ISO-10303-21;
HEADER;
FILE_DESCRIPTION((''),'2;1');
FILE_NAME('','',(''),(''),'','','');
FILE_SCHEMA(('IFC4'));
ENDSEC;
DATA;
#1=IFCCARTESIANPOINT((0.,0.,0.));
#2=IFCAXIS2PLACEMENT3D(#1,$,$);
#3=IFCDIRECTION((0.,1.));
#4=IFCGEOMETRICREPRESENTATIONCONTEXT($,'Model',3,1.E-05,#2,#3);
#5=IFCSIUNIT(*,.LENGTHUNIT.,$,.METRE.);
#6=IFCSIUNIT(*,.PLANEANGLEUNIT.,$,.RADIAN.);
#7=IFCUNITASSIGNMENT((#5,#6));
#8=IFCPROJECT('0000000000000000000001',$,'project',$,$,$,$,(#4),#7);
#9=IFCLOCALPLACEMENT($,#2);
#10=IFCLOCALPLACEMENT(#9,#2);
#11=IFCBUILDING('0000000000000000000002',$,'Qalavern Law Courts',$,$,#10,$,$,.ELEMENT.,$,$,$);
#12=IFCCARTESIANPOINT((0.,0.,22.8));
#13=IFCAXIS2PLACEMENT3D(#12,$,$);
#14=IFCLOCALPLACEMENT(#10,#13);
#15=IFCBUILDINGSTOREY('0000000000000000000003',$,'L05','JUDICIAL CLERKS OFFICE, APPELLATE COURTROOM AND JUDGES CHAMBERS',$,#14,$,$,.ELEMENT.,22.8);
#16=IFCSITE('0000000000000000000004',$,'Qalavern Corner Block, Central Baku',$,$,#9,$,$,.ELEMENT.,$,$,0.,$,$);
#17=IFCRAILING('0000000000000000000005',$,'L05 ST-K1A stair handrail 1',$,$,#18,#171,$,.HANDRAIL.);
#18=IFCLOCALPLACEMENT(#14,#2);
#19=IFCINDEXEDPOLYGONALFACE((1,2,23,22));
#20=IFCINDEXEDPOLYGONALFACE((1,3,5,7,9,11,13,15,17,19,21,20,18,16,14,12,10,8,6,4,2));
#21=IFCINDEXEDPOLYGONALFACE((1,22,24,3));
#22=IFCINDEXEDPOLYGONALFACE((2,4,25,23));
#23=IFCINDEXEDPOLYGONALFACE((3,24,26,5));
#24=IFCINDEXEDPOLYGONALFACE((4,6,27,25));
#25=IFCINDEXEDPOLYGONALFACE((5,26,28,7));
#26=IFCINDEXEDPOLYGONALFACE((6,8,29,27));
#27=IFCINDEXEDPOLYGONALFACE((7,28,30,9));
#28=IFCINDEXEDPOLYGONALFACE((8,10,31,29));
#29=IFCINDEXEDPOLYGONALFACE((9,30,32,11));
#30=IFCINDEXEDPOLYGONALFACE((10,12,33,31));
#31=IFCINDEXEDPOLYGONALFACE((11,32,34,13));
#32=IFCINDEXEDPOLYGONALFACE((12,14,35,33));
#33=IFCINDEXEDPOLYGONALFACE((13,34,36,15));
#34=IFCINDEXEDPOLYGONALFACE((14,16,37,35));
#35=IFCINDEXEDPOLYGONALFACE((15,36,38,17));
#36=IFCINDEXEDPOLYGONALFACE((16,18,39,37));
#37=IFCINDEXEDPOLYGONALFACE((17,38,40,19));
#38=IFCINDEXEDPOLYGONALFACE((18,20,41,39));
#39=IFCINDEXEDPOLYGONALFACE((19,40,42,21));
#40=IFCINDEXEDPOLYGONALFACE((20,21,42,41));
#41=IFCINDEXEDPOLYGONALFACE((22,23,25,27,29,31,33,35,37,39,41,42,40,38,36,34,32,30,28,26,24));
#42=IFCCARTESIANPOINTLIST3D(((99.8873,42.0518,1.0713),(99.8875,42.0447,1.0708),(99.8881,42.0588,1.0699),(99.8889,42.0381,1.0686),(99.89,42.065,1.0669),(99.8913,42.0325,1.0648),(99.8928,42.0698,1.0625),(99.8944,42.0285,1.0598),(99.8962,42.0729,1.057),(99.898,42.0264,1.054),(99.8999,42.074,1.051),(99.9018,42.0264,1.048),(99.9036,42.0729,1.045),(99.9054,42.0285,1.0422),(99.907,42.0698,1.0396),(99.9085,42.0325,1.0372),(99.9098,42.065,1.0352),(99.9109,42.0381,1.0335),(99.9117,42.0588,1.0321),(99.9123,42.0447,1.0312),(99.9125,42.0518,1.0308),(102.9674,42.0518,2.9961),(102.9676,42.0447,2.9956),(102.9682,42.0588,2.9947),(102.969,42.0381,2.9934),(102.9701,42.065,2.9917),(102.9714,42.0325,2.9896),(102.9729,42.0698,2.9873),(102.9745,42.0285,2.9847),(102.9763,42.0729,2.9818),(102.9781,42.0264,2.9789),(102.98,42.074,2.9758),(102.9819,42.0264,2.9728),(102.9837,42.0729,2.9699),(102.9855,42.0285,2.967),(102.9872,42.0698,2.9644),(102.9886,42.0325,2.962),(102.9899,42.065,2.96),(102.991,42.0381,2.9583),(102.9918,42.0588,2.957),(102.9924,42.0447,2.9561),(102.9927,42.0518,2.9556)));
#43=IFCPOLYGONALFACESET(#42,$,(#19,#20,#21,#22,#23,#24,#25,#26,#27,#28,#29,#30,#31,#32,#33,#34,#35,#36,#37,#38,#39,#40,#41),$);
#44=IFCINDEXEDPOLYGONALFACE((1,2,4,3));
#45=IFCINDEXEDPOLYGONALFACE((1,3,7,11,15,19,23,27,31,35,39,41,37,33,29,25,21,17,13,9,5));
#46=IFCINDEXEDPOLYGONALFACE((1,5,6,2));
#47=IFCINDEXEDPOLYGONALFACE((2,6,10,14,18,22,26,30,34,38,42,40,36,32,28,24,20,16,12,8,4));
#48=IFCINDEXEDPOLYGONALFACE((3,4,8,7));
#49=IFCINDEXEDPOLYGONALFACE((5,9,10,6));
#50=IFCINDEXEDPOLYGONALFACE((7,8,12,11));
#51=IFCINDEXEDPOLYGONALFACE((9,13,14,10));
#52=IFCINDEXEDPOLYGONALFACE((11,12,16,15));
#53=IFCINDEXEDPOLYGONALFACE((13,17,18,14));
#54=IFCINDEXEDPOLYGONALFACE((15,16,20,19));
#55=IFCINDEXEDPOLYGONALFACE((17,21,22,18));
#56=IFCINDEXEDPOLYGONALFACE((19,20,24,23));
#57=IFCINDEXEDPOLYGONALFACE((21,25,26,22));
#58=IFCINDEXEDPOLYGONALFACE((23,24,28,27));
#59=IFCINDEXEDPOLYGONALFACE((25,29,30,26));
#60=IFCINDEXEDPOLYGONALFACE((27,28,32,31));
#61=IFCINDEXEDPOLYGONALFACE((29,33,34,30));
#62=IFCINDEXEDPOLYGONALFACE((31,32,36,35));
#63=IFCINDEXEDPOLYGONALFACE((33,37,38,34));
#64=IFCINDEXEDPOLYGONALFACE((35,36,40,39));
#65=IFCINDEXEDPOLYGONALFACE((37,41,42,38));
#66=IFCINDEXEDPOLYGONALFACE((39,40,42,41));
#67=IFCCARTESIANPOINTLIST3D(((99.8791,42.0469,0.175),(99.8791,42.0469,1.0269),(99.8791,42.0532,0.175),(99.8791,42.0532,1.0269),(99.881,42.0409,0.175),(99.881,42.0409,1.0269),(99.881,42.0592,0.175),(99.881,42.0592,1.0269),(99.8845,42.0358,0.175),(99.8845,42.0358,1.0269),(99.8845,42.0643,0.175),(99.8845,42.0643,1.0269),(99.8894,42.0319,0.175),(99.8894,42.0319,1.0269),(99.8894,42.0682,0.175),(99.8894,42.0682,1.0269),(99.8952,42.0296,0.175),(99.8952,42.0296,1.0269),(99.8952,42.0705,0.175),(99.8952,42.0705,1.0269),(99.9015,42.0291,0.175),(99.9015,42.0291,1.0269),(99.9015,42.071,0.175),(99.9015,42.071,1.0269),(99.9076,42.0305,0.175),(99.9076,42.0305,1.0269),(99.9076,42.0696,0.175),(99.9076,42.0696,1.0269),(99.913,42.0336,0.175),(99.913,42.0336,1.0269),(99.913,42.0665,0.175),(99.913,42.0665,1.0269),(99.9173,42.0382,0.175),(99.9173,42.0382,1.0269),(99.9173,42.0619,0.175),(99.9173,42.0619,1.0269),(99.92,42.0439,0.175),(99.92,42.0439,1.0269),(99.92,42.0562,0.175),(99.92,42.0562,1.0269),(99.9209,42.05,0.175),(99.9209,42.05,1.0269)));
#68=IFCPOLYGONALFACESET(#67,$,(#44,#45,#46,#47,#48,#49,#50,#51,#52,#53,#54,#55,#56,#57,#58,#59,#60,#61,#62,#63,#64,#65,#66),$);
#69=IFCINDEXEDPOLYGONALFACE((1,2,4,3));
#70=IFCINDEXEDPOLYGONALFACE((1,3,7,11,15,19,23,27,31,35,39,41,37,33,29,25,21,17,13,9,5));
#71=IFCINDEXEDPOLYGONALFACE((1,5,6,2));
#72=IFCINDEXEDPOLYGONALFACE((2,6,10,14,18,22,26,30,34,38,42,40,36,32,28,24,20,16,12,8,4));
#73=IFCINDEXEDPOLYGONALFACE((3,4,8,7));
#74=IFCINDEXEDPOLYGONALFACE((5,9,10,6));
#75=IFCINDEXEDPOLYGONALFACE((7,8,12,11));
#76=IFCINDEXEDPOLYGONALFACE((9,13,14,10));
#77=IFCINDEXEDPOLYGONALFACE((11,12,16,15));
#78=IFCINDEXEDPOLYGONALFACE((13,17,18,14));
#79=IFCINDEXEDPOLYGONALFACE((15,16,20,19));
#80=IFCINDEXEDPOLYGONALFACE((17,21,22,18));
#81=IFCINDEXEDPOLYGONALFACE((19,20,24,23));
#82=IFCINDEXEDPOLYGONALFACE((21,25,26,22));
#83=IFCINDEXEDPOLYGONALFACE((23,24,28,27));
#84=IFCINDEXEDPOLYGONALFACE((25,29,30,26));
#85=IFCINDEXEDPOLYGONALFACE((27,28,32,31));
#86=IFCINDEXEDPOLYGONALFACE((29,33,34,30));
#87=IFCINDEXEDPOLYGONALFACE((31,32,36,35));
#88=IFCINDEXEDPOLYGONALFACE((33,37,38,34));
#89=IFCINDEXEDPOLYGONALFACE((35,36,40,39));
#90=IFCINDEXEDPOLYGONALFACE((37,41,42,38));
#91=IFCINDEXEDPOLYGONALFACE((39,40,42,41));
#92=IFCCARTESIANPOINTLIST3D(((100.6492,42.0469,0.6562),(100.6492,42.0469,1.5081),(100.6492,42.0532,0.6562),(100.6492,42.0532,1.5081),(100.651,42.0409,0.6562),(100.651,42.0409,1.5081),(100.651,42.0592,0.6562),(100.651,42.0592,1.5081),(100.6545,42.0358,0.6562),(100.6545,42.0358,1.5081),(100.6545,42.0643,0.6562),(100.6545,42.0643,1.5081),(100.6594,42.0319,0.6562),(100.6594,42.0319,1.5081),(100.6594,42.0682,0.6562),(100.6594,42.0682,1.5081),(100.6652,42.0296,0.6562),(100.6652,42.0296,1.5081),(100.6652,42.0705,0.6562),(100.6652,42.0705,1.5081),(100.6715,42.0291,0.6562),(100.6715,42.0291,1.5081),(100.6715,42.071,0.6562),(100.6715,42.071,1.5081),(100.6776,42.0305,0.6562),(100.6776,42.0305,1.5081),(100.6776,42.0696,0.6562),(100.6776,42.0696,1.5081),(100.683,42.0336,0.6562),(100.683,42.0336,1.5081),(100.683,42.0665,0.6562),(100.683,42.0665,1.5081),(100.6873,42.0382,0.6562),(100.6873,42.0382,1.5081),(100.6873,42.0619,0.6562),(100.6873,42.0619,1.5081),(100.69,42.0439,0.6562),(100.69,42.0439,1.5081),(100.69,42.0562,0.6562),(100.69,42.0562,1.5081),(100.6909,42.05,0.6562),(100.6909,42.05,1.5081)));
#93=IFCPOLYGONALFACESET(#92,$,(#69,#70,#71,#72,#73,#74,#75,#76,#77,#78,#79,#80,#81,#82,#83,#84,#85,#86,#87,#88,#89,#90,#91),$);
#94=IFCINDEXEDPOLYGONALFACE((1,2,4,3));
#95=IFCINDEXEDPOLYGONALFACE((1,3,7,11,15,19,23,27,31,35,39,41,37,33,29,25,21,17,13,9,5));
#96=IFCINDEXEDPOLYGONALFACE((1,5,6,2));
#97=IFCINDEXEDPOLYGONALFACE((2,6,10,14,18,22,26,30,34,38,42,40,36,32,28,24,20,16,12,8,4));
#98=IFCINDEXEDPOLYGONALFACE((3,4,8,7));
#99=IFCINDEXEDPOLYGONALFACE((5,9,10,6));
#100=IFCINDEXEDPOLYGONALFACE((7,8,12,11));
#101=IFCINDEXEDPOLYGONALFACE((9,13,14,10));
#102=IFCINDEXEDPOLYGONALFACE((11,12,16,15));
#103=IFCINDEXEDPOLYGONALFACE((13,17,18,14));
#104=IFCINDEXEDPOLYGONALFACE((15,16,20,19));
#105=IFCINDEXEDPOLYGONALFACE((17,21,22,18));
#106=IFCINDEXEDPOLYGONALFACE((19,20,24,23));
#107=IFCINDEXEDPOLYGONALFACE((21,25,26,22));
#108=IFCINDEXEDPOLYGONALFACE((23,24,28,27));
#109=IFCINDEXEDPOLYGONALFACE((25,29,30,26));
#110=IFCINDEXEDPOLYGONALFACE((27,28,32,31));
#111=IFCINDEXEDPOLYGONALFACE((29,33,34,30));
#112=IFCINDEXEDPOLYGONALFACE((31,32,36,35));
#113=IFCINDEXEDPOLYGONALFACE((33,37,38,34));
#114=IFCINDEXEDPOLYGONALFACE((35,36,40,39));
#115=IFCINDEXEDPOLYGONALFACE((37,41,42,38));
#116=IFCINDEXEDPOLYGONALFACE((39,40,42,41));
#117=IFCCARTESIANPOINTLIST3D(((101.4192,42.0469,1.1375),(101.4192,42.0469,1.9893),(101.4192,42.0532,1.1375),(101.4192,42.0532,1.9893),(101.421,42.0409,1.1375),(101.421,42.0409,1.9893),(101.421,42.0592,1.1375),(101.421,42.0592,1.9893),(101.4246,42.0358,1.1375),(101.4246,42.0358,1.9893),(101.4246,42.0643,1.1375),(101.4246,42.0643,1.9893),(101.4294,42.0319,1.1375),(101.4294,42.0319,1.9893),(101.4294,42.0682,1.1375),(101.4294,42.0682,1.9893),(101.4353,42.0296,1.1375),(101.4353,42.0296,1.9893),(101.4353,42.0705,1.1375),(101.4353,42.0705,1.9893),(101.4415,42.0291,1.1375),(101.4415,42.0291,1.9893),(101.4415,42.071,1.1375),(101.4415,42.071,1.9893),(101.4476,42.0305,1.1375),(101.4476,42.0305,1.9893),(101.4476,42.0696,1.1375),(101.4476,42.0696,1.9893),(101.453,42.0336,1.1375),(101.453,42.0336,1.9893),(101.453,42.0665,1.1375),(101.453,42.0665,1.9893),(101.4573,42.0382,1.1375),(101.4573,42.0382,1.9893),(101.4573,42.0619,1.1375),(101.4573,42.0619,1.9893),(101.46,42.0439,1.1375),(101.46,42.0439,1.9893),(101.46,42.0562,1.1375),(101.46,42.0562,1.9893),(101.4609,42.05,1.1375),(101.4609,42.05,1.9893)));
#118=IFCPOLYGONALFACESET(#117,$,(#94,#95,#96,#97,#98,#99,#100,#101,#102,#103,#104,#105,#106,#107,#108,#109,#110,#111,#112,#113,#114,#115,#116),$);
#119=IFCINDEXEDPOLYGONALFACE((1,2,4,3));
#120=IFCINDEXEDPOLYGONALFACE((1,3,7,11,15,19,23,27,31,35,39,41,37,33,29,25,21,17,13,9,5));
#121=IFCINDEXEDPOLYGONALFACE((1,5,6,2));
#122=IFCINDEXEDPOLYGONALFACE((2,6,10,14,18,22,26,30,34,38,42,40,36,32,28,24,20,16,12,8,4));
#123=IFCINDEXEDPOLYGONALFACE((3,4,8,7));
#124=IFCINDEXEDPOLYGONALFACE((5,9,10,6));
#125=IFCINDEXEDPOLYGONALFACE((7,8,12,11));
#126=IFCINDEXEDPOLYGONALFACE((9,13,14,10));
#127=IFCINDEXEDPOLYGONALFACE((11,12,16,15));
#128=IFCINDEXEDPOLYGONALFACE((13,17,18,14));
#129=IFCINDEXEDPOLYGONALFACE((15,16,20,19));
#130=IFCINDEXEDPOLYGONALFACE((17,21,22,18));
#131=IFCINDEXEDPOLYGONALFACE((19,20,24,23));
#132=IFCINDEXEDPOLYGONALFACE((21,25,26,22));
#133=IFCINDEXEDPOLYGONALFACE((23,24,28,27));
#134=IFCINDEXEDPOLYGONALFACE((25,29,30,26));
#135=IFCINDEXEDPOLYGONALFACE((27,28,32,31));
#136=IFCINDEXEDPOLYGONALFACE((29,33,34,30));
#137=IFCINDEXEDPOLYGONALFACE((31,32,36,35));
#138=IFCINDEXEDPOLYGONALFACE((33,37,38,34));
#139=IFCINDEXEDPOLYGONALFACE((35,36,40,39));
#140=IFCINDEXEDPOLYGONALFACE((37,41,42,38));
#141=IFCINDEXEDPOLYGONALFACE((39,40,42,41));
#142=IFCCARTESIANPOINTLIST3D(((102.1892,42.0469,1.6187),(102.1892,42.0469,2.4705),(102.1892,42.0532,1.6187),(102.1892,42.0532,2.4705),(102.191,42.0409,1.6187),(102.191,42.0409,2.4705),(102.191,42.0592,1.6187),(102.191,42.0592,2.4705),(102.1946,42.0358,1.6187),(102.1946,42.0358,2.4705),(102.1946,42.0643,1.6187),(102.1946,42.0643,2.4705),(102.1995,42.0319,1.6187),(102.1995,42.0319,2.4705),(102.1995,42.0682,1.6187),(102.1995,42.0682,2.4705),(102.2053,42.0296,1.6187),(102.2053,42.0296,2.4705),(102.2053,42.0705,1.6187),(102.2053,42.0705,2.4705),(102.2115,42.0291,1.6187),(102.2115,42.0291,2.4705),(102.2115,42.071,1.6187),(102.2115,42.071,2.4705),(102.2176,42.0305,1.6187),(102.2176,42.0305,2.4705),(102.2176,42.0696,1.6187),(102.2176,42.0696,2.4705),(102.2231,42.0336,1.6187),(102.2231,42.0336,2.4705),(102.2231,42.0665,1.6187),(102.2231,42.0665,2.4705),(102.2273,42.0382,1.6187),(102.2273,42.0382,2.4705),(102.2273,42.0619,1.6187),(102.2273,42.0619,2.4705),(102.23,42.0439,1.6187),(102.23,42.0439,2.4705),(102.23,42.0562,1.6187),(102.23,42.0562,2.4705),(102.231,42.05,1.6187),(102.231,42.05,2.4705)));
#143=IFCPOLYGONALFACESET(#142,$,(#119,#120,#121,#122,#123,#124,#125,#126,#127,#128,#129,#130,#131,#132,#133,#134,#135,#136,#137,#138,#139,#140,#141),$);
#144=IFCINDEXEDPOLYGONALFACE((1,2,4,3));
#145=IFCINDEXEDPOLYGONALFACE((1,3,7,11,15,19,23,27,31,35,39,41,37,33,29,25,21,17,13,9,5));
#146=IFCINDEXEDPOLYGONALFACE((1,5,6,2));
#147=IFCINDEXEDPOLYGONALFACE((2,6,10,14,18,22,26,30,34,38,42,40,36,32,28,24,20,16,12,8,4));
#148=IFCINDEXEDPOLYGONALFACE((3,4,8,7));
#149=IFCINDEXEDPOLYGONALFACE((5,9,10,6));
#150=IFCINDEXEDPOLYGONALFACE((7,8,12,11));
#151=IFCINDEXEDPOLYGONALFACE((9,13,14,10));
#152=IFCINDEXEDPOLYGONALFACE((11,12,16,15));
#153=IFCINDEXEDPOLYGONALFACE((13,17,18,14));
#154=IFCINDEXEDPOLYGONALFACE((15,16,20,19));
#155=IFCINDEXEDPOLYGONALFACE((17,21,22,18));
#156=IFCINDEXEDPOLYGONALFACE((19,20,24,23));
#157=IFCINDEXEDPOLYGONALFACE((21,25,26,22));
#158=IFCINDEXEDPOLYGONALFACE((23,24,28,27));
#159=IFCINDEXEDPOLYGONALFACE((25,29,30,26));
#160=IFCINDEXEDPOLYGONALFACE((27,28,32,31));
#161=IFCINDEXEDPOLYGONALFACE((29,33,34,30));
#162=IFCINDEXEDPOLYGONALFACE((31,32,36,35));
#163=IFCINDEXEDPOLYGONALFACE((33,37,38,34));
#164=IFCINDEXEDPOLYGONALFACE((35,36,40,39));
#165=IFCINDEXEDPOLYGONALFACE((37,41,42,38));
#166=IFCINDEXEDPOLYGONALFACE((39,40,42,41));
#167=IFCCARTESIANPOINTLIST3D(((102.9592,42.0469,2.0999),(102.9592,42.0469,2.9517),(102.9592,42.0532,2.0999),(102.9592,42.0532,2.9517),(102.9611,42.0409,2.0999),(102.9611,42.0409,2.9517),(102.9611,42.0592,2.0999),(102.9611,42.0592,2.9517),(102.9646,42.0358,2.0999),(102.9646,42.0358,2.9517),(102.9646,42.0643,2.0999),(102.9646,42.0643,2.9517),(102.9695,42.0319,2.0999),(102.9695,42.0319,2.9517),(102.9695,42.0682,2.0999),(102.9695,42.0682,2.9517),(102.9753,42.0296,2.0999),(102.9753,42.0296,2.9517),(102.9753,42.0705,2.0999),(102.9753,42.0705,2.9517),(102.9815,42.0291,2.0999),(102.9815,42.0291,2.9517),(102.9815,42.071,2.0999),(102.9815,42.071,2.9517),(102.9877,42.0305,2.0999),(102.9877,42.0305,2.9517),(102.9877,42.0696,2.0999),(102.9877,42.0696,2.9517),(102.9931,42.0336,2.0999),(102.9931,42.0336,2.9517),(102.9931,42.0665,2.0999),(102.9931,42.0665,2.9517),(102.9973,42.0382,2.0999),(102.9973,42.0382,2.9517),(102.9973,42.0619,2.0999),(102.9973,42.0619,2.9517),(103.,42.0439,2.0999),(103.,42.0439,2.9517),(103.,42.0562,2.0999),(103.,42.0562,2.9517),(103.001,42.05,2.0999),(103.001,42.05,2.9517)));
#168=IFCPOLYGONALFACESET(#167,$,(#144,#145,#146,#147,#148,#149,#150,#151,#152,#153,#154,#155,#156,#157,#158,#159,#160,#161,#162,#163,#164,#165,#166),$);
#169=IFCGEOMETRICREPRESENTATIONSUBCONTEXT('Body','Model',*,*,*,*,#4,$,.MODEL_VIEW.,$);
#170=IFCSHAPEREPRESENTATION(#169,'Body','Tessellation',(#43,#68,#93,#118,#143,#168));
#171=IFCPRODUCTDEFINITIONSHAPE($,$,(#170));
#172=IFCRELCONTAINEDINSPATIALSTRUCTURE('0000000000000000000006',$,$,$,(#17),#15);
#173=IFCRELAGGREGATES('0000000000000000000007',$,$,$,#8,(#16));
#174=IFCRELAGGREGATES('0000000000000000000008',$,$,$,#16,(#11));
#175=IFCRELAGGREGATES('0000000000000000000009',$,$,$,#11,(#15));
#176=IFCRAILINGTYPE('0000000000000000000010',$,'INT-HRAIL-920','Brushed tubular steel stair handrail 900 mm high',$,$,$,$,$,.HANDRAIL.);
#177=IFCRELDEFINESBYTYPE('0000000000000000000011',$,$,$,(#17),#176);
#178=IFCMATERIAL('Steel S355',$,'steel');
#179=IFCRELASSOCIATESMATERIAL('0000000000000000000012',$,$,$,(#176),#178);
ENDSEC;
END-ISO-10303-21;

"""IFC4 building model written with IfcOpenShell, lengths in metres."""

from ifc_helpers import new_model, si_unit, direction, frame, origin, origin_2d, place, context, subcontext, project, spatial, circle, extrude, material, type_object, element, save


model = new_model("IFC4")

# Units and contexts
model_context = context("Model", 3, precision=1e-05, world=origin(), true_north=direction((0.0, 1.0)))
body_context = subcontext(model_context, "Body", "Model", "MODEL_VIEW")
ifc_project = project(units=[si_unit("LENGTHUNIT", "METRE"), si_unit("PLANEANGLEUNIT", "RADIAN")], contexts=[model_context])

# Site, building, storey
site_placement = place(None, origin())
site = spatial("IfcSite", under=ifc_project, at=site_placement, Name="Qalavern Corner Block, Central Baku", CompositionType="ELEMENT", RefElevation=0.0)
building_placement = place(site_placement, origin())
building = spatial("IfcBuilding", under=site, at=building_placement, Name="Qalavern Law Courts", CompositionType="ELEMENT")
storey_placement = place(building_placement, frame((0.0, 0.0, 22.8)))
storey = spatial("IfcBuildingStorey", under=building, at=storey_placement, Name="L05", Description="JUDICIAL CLERKS OFFICE, APPELLATE COURTROOM AND JUDGES CHAMBERS", CompositionType="ELEMENT", Elevation=22.8)

# Railing
ifc_material_1 = material(Name="Steel S355", Category="steel")
railing_type_1 = type_object("IfcRailingType", Name="INT-HRAIL-920", Description="Brushed tubular steel stair handrail 900 mm high", PredefinedType="HANDRAIL", material=ifc_material_1)
railing_1_placement = place(storey_placement, frame((99.8999, 42.05, 0.175)))
element("IfcRailing", 1, at=railing_1_placement, inside=storey, type_object=railing_type_1, Name="L05 ST-K1A stair handrail 1", PredefinedType="HANDRAIL", context=body_context, shape_type="SweptSolid", body=[
    extrude(circle(Radius=0.0239, at=origin_2d()), frame((0.0, 0.0, 0.876), z_axis=(0.848029, 0.0, 0.529951), x_axis=(0.0, 1.0, 0.0)), (0.0, 0.0, 1.0), 3.6321),
    extrude(circle(Radius=0.021, at=origin_2d()), origin(), (0.0, 0.0, 1.0), 0.8518),
    extrude(circle(Radius=0.021, at=origin_2d()), frame((0.77, 0.0, 0.4812)), (0.0, 0.0, 1.0), 0.8518),
    extrude(circle(Radius=0.021, at=origin_2d()), frame((1.54, 0.0, 0.9624)), (0.0, 0.0, 1.0), 0.8518),
    extrude(circle(Radius=0.021, at=origin_2d()), frame((2.3101, 0.0, 1.4436)), (0.0, 0.0, 1.0), 0.8518),
    extrude(circle(Radius=0.021, at=origin_2d()), frame((3.0801, 0.0, 1.9248)), (0.0, 0.0, 1.0), 0.8518),
])

save(model, "model.ifc")
